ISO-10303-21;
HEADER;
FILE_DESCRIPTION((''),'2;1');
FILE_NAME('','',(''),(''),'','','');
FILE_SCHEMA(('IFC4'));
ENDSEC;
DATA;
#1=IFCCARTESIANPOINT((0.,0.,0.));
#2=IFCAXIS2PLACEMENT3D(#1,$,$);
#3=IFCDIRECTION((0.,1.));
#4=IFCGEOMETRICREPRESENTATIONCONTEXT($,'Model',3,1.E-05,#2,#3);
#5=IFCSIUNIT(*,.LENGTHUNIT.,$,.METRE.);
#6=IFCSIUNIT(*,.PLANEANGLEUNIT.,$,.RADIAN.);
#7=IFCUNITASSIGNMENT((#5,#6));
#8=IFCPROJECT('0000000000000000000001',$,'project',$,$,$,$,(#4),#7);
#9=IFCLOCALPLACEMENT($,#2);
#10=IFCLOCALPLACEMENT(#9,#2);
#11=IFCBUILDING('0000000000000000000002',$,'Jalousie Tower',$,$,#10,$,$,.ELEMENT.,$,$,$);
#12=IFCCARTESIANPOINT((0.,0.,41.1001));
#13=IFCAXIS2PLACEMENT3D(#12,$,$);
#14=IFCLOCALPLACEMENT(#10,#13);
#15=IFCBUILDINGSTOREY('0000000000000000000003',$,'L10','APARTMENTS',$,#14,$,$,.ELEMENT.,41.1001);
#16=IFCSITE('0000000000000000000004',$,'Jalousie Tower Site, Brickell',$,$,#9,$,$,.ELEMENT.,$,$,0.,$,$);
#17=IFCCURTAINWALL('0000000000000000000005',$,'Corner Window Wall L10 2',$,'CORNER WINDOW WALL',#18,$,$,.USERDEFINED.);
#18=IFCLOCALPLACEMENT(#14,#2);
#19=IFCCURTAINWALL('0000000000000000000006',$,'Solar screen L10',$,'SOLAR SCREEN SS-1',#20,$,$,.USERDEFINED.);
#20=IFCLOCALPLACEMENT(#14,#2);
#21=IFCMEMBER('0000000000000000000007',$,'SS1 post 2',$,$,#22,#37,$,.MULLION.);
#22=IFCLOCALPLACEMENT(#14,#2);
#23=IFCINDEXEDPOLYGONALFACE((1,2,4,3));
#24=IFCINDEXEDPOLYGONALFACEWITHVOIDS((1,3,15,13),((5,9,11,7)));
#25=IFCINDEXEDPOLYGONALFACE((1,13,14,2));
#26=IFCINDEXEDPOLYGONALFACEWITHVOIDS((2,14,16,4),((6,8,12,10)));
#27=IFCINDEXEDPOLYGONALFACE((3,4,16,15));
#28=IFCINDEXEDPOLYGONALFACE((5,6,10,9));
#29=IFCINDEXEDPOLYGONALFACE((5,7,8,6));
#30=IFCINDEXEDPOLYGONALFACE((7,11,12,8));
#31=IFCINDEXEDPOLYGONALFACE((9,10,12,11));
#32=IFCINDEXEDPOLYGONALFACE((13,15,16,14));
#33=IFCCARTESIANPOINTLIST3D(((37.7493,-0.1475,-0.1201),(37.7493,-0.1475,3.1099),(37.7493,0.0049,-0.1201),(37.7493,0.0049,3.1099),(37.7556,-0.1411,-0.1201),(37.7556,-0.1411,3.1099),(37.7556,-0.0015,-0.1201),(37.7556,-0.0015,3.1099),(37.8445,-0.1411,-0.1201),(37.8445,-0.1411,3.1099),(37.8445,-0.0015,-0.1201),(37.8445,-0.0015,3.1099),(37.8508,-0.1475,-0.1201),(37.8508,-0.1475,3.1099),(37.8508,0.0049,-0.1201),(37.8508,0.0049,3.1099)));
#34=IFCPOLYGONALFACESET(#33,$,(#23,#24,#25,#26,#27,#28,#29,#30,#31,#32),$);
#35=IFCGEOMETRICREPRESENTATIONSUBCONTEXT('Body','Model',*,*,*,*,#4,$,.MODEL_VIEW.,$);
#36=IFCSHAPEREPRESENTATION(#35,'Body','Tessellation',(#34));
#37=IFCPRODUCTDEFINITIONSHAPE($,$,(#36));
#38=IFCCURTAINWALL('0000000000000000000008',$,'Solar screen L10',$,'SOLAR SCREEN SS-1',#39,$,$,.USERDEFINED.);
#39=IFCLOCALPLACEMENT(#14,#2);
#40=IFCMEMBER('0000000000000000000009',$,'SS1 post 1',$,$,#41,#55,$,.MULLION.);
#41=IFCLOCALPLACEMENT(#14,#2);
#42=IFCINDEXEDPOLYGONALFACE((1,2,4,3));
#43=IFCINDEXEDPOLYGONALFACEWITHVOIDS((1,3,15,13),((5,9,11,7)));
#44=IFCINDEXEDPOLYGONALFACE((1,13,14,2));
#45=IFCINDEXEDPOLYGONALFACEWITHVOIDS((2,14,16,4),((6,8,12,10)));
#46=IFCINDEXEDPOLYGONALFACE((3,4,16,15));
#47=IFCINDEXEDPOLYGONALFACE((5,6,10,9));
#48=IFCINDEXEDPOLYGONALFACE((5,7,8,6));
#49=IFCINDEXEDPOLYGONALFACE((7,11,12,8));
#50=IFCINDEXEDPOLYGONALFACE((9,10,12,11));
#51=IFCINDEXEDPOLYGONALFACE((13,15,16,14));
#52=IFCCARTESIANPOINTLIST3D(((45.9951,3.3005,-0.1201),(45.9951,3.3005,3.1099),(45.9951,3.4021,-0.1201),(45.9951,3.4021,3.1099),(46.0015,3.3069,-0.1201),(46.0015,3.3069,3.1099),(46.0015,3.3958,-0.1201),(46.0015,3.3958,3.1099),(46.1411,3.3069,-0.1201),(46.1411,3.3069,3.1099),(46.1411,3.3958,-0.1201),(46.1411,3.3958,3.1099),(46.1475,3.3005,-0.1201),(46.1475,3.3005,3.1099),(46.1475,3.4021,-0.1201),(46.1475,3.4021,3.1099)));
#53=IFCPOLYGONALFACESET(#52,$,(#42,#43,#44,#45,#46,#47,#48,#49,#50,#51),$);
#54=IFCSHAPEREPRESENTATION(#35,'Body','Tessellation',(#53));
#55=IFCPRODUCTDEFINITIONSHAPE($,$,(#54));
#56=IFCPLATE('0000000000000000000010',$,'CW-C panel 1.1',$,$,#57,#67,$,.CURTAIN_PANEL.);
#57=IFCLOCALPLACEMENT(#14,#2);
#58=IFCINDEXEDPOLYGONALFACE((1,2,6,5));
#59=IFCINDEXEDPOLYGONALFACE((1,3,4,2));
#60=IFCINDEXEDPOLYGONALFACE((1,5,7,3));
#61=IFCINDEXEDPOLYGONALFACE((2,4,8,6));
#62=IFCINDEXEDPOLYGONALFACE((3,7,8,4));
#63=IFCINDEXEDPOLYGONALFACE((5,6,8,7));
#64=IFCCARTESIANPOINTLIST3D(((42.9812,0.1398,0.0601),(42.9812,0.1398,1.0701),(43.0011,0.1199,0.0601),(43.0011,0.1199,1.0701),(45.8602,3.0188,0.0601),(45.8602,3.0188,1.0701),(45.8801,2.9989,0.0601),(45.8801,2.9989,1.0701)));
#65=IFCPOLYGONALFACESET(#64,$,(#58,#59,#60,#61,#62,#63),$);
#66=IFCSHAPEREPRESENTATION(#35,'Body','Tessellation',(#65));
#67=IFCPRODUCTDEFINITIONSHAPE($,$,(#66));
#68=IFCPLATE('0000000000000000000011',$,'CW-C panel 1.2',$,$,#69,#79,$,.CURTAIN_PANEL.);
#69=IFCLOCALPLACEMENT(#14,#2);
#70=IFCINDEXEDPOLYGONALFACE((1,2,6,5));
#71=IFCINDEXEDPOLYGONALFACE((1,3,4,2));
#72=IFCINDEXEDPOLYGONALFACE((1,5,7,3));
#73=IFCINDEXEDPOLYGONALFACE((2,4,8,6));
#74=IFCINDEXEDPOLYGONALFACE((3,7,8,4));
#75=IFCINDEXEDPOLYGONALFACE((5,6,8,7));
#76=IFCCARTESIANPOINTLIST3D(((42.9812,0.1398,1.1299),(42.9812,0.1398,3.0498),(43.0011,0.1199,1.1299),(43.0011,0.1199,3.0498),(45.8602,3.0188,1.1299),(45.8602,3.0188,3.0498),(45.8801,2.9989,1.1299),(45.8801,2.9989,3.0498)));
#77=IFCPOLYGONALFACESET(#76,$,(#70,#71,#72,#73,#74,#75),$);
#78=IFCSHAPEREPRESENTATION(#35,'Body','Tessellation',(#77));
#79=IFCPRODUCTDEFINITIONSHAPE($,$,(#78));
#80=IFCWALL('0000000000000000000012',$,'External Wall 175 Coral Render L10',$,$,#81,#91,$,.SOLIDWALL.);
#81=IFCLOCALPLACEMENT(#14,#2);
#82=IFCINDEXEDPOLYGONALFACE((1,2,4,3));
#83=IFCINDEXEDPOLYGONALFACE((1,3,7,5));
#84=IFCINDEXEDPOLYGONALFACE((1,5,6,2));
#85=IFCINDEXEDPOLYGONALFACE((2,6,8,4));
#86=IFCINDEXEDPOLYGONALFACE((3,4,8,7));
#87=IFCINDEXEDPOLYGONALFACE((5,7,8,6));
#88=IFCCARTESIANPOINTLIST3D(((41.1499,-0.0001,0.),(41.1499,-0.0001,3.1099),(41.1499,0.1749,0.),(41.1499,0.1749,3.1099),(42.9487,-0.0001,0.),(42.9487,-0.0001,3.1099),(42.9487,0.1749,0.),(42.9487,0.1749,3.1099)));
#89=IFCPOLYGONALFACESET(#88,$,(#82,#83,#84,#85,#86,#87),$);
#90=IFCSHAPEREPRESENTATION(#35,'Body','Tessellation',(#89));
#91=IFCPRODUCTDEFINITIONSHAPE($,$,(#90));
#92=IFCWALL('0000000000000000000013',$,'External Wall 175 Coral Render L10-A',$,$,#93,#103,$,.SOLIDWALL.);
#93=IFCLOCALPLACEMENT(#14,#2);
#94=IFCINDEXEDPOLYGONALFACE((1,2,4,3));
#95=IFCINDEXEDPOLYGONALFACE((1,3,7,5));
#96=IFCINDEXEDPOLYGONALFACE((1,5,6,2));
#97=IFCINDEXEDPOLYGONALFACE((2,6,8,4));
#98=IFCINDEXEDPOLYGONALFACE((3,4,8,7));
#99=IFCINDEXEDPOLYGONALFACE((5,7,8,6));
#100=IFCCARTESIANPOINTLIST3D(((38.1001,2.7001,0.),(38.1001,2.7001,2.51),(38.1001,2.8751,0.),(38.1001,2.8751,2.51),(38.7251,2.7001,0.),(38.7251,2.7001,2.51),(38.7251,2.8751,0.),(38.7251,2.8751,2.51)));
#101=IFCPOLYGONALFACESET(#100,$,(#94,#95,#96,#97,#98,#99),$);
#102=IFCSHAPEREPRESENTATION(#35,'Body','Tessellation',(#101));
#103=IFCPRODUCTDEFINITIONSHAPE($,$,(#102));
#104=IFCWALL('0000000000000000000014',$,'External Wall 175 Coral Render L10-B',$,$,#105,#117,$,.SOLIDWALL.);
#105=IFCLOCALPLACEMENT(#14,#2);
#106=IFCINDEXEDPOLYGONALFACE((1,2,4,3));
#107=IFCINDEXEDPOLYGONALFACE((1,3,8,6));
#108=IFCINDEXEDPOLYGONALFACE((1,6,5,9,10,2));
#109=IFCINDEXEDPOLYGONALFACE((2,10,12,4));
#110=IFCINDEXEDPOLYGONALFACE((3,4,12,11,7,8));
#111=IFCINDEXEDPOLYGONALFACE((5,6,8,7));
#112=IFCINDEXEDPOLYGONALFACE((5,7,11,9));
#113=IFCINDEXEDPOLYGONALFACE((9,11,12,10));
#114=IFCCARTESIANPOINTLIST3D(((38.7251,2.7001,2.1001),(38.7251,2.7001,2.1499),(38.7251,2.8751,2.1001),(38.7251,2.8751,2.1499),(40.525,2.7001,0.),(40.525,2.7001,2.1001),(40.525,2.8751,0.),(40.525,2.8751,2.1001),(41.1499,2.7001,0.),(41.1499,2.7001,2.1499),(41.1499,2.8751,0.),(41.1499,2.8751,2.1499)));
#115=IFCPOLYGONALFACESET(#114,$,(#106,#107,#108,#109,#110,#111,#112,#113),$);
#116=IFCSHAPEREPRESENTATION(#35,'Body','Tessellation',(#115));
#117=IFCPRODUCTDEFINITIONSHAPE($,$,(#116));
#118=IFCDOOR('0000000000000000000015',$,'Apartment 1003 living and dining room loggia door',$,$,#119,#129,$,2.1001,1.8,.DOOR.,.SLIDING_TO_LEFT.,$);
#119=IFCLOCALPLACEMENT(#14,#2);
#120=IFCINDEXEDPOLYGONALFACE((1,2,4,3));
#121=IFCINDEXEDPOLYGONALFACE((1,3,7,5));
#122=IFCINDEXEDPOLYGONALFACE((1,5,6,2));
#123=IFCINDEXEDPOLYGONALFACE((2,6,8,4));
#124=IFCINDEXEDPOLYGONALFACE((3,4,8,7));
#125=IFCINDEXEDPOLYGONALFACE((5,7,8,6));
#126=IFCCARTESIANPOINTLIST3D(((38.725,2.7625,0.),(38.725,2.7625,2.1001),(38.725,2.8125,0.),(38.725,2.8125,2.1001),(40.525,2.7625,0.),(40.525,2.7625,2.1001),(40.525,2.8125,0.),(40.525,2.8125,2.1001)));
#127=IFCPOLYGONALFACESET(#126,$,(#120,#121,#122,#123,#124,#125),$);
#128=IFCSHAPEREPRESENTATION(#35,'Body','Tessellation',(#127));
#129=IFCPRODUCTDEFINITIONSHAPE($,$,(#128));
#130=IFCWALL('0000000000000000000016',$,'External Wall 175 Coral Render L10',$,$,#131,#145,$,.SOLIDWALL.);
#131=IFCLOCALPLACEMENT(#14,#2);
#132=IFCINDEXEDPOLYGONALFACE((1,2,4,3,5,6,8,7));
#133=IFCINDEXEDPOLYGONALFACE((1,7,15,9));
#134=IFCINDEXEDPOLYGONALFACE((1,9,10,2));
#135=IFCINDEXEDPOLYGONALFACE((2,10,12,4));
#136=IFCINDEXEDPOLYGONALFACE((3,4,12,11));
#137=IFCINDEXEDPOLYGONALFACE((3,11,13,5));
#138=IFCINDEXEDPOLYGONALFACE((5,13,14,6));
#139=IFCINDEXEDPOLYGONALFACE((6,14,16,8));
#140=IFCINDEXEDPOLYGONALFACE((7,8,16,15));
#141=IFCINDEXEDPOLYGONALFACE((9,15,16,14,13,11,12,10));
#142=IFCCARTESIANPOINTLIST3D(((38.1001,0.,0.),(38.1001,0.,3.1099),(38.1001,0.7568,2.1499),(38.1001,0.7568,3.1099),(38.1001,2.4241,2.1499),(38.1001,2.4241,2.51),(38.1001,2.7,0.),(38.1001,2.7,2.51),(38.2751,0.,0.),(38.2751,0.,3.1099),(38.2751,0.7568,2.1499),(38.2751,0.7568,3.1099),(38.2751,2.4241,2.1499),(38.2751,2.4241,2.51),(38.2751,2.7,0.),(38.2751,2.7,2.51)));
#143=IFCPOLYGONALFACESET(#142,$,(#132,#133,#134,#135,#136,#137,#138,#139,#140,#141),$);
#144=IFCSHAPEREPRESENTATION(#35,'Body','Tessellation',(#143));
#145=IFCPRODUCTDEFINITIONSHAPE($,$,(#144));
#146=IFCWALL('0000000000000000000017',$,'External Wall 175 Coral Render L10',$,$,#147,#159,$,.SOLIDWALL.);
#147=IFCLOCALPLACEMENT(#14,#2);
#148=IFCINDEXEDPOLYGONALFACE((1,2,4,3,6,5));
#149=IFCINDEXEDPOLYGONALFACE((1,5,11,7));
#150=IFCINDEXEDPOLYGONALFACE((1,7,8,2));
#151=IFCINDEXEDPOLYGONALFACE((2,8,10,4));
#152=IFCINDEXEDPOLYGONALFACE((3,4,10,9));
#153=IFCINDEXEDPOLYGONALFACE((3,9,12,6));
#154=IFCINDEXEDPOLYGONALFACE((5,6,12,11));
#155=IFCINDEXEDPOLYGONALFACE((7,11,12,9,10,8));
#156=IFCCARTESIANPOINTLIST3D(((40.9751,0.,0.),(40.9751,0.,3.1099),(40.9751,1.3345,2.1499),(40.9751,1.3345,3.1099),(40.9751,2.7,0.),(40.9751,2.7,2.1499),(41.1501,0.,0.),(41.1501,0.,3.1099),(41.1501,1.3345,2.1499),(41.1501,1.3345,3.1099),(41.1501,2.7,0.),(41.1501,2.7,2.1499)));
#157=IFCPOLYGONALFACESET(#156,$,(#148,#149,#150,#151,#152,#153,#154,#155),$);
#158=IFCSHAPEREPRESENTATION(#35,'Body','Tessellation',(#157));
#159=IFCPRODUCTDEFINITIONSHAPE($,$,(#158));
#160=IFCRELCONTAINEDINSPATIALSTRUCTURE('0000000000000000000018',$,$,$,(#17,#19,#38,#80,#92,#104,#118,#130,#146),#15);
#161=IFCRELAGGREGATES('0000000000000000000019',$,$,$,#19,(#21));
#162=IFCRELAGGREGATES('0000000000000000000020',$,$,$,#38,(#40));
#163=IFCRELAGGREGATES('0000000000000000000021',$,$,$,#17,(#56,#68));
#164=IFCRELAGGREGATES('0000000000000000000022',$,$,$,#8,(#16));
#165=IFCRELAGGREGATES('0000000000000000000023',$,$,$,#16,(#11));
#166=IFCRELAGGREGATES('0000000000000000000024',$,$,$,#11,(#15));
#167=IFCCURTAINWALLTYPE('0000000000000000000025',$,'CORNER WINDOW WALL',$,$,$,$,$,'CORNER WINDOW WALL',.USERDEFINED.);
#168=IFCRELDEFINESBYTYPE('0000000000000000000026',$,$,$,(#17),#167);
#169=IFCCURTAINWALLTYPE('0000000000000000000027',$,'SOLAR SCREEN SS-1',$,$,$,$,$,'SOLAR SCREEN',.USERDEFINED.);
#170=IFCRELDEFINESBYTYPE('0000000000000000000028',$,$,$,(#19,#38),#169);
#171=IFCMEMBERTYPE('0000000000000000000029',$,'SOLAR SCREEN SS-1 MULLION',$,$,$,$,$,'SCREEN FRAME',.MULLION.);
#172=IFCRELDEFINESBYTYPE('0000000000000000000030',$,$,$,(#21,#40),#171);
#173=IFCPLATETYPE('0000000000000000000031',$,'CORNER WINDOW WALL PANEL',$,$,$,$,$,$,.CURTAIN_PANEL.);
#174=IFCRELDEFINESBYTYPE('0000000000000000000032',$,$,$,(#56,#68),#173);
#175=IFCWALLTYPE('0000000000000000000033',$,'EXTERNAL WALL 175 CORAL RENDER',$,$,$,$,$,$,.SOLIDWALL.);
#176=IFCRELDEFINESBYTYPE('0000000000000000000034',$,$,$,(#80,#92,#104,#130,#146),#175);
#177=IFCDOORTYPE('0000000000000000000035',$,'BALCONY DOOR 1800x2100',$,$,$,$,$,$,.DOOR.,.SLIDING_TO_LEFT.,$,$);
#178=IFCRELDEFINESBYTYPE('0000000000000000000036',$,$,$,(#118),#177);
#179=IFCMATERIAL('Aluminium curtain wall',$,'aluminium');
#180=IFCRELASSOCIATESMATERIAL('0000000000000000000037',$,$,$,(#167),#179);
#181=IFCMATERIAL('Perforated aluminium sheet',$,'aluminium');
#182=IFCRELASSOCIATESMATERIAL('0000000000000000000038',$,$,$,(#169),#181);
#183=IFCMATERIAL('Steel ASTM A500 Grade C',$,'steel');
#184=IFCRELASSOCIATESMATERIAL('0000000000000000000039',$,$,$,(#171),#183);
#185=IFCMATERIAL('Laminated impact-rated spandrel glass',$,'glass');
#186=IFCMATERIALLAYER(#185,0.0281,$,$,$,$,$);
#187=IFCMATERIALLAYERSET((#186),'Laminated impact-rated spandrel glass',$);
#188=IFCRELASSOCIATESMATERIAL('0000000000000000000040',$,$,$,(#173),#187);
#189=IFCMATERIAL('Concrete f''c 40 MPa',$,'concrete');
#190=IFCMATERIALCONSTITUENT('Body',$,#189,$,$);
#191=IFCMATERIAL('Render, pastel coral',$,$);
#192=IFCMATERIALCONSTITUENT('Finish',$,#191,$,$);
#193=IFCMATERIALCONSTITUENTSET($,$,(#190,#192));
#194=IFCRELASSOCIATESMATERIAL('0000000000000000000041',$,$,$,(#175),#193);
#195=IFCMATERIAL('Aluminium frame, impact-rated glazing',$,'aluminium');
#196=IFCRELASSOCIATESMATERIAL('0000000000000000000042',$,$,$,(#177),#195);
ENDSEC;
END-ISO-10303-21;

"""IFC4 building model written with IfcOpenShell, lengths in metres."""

from ifc_helpers import new_model, si_unit, direction, frame, frame_2d, origin, origin_2d, place, context, subcontext, project, spatial, polyline, rectangle, hollow_rectangle, outline, extrude, material, layer, layer_set, constituent, constituent_set, material_profile, profile_set, type_object, element, fill, aggregate, save


model = new_model("IFC4")

# Units and contexts
model_context = context("Model", 3, precision=1e-05, world=origin(), true_north=direction((0.0, 1.0)))
body_context = subcontext(model_context, "Body", "Model", "MODEL_VIEW")
ifc_project = project(units=[si_unit("LENGTHUNIT", "METRE"), si_unit("PLANEANGLEUNIT", "RADIAN")], contexts=[model_context])

# Site, building, storey
site_placement = place(None, origin())
site = spatial("IfcSite", under=ifc_project, at=site_placement, Name="Jalousie Tower Site, Brickell", CompositionType="ELEMENT", RefElevation=0.0)
building_placement = place(site_placement, origin())
building = spatial("IfcBuilding", under=site, at=building_placement, Name="Jalousie Tower", CompositionType="ELEMENT")
storey_placement = place(building_placement, frame((0.0, 0.0, 41.1001)))
storey = spatial("IfcBuildingStorey", under=building, at=storey_placement, Name="L10", Description="APARTMENTS", CompositionType="ELEMENT", Elevation=41.1001)

# Curtain wall
ifc_material_1 = material(Name="Aluminium curtain wall", Category="aluminium")
curtain_wall_type_1 = type_object("IfcCurtainWallType", Name="CORNER WINDOW WALL", ElementType="CORNER WINDOW WALL", PredefinedType="USERDEFINED", material=ifc_material_1)
curtain_wall_1_placement = place(storey_placement, origin())
curtain_wall_1 = element("IfcCurtainWall", 1, at=curtain_wall_1_placement, inside=storey, type_object=curtain_wall_type_1, Name="Corner Window Wall L10 2", ObjectType="CORNER WINDOW WALL", PredefinedType="USERDEFINED")

# Curtain walls, members
ifc_material_2 = material(Name="Perforated aluminium sheet", Category="aluminium")
curtain_wall_type_2 = type_object("IfcCurtainWallType", Name="SOLAR SCREEN SS-1", ElementType="SOLAR SCREEN", PredefinedType="USERDEFINED", material=ifc_material_2)
curtain_wall_2_placement = place(storey_placement, origin())
curtain_wall_2 = element("IfcCurtainWall", 2, at=curtain_wall_2_placement, inside=storey, type_object=curtain_wall_type_2, Name="Solar screen L10", ObjectType="SOLAR SCREEN SS-1", PredefinedType="USERDEFINED")
ifc_material_3 = material(Name="Steel ASTM A500 Grade C", Category="steel")
ifc_material_profile_1 = material_profile(ifc_material_3, hollow_rectangle(XDim=0.1016, YDim=0.1523, WallThickness=0.0063, at=origin_2d()), Name="HSS6X4X1/4")
ifc_profile_set_1 = profile_set([ifc_material_profile_1], Name="Steel ASTM A500 Grade C")
member_type_1 = type_object("IfcMemberType", Name="SOLAR SCREEN SS-1 MULLION", ElementType="SCREEN FRAME", PredefinedType="MULLION", material=ifc_profile_set_1)
member_1_placement = place(storey_placement, frame((37.8, -0.0713, -0.1201), z_axis=(0.0, 0.0, 1.0), x_axis=(1.0, 0.0, 0.0)))
member_1 = element("IfcMember", 3, at=member_1_placement, type_object=member_type_1, Name="SS1 post 2", PredefinedType="MULLION", context=body_context, shape_type="SweptSolid", body=[
    extrude(hollow_rectangle(XDim=0.1016, YDim=0.1523, WallThickness=0.0063, at=origin_2d()), origin(), (0.0, 0.0, 1.0), 3.23),
])
aggregate(curtain_wall_2, [member_1])
curtain_wall_3_placement = place(storey_placement, origin())
curtain_wall_3 = element("IfcCurtainWall", 4, at=curtain_wall_3_placement, inside=storey, type_object=curtain_wall_type_2, Name="Solar screen L10", ObjectType="SOLAR SCREEN SS-1", PredefinedType="USERDEFINED")
member_2_placement = place(storey_placement, frame((46.0713, 3.3513, -0.1201), z_axis=(0.0, 0.0, 1.0), x_axis=(0.0, 1.0, 0.0)))
member_2 = element("IfcMember", 5, at=member_2_placement, type_object=member_type_1, Name="SS1 post 1", PredefinedType="MULLION", context=body_context, shape_type="SweptSolid", body=[
    extrude(hollow_rectangle(XDim=0.1016, YDim=0.1523, WallThickness=0.0063, at=origin_2d()), origin(), (0.0, 0.0, 1.0), 3.23),
])
aggregate(curtain_wall_3, [member_2])

# Plates
ifc_material_4 = material(Name="Laminated impact-rated spandrel glass", Category="glass")
ifc_layer_1 = layer(ifc_material_4, 0.0281)
ifc_layer_set_1 = layer_set([ifc_layer_1], Name="Laminated impact-rated spandrel glass")
plate_type = type_object("IfcPlateType", Name="CORNER WINDOW WALL PANEL", PredefinedType="CURTAIN_PANEL", material=ifc_layer_set_1)
plate_1_placement = place(storey_placement, frame((44.4307, 1.5693, 0.0601), z_axis=(0.0, 0.0, 1.0), x_axis=(0.707107, 0.707107, 0.0)))
plate_1 = element("IfcPlate", 6, at=plate_1_placement, type_object=plate_type, Name="CW-C panel 1.1", PredefinedType="CURTAIN_PANEL", context=body_context, shape_type="SweptSolid", body=[
    extrude(rectangle(XDim=4.0715, YDim=0.0281, at=origin_2d()), origin(), (0.0, 0.0, 1.0), 1.01),
])
plate_2_placement = place(storey_placement, frame((44.4307, 1.5693, 1.1299), z_axis=(0.0, 0.0, 1.0), x_axis=(0.707107, 0.707107, 0.0)))
plate_2 = element("IfcPlate", 7, at=plate_2_placement, type_object=plate_type, Name="CW-C panel 1.2", PredefinedType="CURTAIN_PANEL", context=body_context, shape_type="SweptSolid", body=[
    extrude(rectangle(XDim=4.0715, YDim=0.0281, at=origin_2d()), origin(), (0.0, 0.0, 1.0), 1.9199),
])
aggregate(curtain_wall_1, [plate_1, plate_2])

# Walls
ifc_material_5 = material(Name="Concrete f'c 40 MPa", Category="concrete")
ifc_constituent_1 = constituent(ifc_material_5, Name="Body")
ifc_material_6 = material(Name="Render, pastel coral")
ifc_constituent_2 = constituent(ifc_material_6, Name="Finish")
ifc_constituent_set = constituent_set(constituents=[ifc_constituent_1, ifc_constituent_2])
wall_type = type_object("IfcWallType", Name="EXTERNAL WALL 175 CORAL RENDER", PredefinedType="SOLIDWALL", material=ifc_constituent_set)
wall_1_placement = place(storey_placement, frame((41.1499, 0.0874, 0.0), z_axis=(0.0, 0.0, 1.0), x_axis=(1.0, 0.0, 0.0)))
element("IfcWall", 8, at=wall_1_placement, inside=storey, type_object=wall_type, Name="External Wall 175 Coral Render L10", PredefinedType="SOLIDWALL", context=body_context, shape_type="SweptSolid", body=[
    extrude(rectangle(XDim=1.7988, YDim=0.175, at=frame_2d((0.8994, 0.0))), origin(), (0.0, 0.0, 1.0), 3.1099),
])
wall_2_placement = place(storey_placement, frame((38.1001, 2.7876, 0.0), z_axis=(0.0, 0.0, 1.0), x_axis=(1.0, 0.0, 0.0)))
element("IfcWall", 9, at=wall_2_placement, inside=storey, type_object=wall_type, Name="External Wall 175 Coral Render L10-A", PredefinedType="SOLIDWALL", context=body_context, shape_type="SweptSolid", body=[
    extrude(rectangle(XDim=0.625, YDim=0.175, at=frame_2d((0.3125, 0.0))), origin(), (0.0, 0.0, 1.0), 2.51),
])

# Wall, opening, door
wall_3_placement = place(storey_placement, frame((38.7251, 2.7876, 0.0), z_axis=(0.0, 0.0, 1.0), x_axis=(1.0, 0.0, 0.0)))
wall_3 = element("IfcWall", 10, at=wall_3_placement, inside=storey, type_object=wall_type, Name="External Wall 175 Coral Render L10-B", PredefinedType="SOLIDWALL", context=body_context, shape_type="SweptSolid", body=[
    extrude(rectangle(XDim=2.4248, YDim=0.175, at=frame_2d((1.2124, 0.0))), origin(), (0.0, 0.0, 1.0), 2.1499),
])
opening_1_placement = place(wall_3_placement, origin())
opening_1 = element("IfcOpeningElement", 11, at=opening_1_placement, cuts=wall_3, PredefinedType="OPENING", context=body_context, shape_type="SweptSolid", body=[
    extrude(rectangle(XDim=1.8, YDim=2.1001, at=frame_2d((0.8999, 1.05))), frame((0.0, 0.0974, 0.0), z_axis=(0.0, -1.0, 0.0), x_axis=(1.0, 0.0, 0.0)), (0.0, 0.0, 1.0), 0.1951),
])
ifc_material_7 = material(Name="Aluminium frame, impact-rated glazing", Category="aluminium")
door_type = type_object("IfcDoorType", Name="BALCONY DOOR 1800x2100", OperationType="SLIDING_TO_LEFT", PredefinedType="DOOR", material=ifc_material_7)
door_placement = place(opening_1_placement, origin())
door = element("IfcDoor", 12, at=door_placement, inside=storey, type_object=door_type, Name="Apartment 1003 living and dining room loggia door", OperationType="SLIDING_TO_LEFT", OverallHeight=2.1001, OverallWidth=1.8, PredefinedType="DOOR", context=body_context, shape_type="SweptSolid", body=[
    extrude(rectangle(XDim=1.8, YDim=2.1001, at=frame_2d((0.8999, 1.05))), frame((0.0, 0.0249, 0.0), z_axis=(0.0, -1.0, 0.0), x_axis=(1.0, 0.0, 0.0)), (0.0, 0.0, 1.0), 0.05),
])
fill(opening_1, door)

# Walls
wall_4_placement = place(storey_placement, frame((38.1875, 0.0, 0.0), z_axis=(0.0, 0.0, 1.0), x_axis=(0.0, 1.0, 0.0)))
element("IfcWall", 13, at=wall_4_placement, inside=storey, type_object=wall_type, Name="External Wall 175 Coral Render L10", PredefinedType="SOLIDWALL", context=body_context, shape_type="SweptSolid", body=[
    extrude(outline(polyline([(0.0, 0.0), (2.7, 0.0), (2.7, 2.51), (2.4241, 2.51), (2.4241, 2.1499), (0.7568, 2.1499), (0.7568, 3.1099), (0.0, 3.1099), (0.0, 0.0)])), frame((0.0, 0.0874, 0.0), z_axis=(0.0, -1.0, 0.0), x_axis=(1.0, 0.0, 0.0)), (0.0, 0.0, 1.0), 0.175),
])
wall_5_placement = place(storey_placement, frame((41.0625, 0.0, 0.0), z_axis=(0.0, 0.0, 1.0), x_axis=(0.0, 1.0, 0.0)))
element("IfcWall", 14, at=wall_5_placement, inside=storey, type_object=wall_type, Name="External Wall 175 Coral Render L10", PredefinedType="SOLIDWALL", context=body_context, shape_type="SweptSolid", body=[
    extrude(outline(polyline([(0.0, 0.0), (2.7, 0.0), (2.7, 2.1499), (1.3345, 2.1499), (1.3345, 3.1099), (0.0, 3.1099), (0.0, 0.0)])), frame((0.0, 0.0874, 0.0), z_axis=(0.0, -1.0, 0.0), x_axis=(1.0, 0.0, 0.0)), (0.0, 0.0, 1.0), 0.175),
])

save(model, "model.ifc")
